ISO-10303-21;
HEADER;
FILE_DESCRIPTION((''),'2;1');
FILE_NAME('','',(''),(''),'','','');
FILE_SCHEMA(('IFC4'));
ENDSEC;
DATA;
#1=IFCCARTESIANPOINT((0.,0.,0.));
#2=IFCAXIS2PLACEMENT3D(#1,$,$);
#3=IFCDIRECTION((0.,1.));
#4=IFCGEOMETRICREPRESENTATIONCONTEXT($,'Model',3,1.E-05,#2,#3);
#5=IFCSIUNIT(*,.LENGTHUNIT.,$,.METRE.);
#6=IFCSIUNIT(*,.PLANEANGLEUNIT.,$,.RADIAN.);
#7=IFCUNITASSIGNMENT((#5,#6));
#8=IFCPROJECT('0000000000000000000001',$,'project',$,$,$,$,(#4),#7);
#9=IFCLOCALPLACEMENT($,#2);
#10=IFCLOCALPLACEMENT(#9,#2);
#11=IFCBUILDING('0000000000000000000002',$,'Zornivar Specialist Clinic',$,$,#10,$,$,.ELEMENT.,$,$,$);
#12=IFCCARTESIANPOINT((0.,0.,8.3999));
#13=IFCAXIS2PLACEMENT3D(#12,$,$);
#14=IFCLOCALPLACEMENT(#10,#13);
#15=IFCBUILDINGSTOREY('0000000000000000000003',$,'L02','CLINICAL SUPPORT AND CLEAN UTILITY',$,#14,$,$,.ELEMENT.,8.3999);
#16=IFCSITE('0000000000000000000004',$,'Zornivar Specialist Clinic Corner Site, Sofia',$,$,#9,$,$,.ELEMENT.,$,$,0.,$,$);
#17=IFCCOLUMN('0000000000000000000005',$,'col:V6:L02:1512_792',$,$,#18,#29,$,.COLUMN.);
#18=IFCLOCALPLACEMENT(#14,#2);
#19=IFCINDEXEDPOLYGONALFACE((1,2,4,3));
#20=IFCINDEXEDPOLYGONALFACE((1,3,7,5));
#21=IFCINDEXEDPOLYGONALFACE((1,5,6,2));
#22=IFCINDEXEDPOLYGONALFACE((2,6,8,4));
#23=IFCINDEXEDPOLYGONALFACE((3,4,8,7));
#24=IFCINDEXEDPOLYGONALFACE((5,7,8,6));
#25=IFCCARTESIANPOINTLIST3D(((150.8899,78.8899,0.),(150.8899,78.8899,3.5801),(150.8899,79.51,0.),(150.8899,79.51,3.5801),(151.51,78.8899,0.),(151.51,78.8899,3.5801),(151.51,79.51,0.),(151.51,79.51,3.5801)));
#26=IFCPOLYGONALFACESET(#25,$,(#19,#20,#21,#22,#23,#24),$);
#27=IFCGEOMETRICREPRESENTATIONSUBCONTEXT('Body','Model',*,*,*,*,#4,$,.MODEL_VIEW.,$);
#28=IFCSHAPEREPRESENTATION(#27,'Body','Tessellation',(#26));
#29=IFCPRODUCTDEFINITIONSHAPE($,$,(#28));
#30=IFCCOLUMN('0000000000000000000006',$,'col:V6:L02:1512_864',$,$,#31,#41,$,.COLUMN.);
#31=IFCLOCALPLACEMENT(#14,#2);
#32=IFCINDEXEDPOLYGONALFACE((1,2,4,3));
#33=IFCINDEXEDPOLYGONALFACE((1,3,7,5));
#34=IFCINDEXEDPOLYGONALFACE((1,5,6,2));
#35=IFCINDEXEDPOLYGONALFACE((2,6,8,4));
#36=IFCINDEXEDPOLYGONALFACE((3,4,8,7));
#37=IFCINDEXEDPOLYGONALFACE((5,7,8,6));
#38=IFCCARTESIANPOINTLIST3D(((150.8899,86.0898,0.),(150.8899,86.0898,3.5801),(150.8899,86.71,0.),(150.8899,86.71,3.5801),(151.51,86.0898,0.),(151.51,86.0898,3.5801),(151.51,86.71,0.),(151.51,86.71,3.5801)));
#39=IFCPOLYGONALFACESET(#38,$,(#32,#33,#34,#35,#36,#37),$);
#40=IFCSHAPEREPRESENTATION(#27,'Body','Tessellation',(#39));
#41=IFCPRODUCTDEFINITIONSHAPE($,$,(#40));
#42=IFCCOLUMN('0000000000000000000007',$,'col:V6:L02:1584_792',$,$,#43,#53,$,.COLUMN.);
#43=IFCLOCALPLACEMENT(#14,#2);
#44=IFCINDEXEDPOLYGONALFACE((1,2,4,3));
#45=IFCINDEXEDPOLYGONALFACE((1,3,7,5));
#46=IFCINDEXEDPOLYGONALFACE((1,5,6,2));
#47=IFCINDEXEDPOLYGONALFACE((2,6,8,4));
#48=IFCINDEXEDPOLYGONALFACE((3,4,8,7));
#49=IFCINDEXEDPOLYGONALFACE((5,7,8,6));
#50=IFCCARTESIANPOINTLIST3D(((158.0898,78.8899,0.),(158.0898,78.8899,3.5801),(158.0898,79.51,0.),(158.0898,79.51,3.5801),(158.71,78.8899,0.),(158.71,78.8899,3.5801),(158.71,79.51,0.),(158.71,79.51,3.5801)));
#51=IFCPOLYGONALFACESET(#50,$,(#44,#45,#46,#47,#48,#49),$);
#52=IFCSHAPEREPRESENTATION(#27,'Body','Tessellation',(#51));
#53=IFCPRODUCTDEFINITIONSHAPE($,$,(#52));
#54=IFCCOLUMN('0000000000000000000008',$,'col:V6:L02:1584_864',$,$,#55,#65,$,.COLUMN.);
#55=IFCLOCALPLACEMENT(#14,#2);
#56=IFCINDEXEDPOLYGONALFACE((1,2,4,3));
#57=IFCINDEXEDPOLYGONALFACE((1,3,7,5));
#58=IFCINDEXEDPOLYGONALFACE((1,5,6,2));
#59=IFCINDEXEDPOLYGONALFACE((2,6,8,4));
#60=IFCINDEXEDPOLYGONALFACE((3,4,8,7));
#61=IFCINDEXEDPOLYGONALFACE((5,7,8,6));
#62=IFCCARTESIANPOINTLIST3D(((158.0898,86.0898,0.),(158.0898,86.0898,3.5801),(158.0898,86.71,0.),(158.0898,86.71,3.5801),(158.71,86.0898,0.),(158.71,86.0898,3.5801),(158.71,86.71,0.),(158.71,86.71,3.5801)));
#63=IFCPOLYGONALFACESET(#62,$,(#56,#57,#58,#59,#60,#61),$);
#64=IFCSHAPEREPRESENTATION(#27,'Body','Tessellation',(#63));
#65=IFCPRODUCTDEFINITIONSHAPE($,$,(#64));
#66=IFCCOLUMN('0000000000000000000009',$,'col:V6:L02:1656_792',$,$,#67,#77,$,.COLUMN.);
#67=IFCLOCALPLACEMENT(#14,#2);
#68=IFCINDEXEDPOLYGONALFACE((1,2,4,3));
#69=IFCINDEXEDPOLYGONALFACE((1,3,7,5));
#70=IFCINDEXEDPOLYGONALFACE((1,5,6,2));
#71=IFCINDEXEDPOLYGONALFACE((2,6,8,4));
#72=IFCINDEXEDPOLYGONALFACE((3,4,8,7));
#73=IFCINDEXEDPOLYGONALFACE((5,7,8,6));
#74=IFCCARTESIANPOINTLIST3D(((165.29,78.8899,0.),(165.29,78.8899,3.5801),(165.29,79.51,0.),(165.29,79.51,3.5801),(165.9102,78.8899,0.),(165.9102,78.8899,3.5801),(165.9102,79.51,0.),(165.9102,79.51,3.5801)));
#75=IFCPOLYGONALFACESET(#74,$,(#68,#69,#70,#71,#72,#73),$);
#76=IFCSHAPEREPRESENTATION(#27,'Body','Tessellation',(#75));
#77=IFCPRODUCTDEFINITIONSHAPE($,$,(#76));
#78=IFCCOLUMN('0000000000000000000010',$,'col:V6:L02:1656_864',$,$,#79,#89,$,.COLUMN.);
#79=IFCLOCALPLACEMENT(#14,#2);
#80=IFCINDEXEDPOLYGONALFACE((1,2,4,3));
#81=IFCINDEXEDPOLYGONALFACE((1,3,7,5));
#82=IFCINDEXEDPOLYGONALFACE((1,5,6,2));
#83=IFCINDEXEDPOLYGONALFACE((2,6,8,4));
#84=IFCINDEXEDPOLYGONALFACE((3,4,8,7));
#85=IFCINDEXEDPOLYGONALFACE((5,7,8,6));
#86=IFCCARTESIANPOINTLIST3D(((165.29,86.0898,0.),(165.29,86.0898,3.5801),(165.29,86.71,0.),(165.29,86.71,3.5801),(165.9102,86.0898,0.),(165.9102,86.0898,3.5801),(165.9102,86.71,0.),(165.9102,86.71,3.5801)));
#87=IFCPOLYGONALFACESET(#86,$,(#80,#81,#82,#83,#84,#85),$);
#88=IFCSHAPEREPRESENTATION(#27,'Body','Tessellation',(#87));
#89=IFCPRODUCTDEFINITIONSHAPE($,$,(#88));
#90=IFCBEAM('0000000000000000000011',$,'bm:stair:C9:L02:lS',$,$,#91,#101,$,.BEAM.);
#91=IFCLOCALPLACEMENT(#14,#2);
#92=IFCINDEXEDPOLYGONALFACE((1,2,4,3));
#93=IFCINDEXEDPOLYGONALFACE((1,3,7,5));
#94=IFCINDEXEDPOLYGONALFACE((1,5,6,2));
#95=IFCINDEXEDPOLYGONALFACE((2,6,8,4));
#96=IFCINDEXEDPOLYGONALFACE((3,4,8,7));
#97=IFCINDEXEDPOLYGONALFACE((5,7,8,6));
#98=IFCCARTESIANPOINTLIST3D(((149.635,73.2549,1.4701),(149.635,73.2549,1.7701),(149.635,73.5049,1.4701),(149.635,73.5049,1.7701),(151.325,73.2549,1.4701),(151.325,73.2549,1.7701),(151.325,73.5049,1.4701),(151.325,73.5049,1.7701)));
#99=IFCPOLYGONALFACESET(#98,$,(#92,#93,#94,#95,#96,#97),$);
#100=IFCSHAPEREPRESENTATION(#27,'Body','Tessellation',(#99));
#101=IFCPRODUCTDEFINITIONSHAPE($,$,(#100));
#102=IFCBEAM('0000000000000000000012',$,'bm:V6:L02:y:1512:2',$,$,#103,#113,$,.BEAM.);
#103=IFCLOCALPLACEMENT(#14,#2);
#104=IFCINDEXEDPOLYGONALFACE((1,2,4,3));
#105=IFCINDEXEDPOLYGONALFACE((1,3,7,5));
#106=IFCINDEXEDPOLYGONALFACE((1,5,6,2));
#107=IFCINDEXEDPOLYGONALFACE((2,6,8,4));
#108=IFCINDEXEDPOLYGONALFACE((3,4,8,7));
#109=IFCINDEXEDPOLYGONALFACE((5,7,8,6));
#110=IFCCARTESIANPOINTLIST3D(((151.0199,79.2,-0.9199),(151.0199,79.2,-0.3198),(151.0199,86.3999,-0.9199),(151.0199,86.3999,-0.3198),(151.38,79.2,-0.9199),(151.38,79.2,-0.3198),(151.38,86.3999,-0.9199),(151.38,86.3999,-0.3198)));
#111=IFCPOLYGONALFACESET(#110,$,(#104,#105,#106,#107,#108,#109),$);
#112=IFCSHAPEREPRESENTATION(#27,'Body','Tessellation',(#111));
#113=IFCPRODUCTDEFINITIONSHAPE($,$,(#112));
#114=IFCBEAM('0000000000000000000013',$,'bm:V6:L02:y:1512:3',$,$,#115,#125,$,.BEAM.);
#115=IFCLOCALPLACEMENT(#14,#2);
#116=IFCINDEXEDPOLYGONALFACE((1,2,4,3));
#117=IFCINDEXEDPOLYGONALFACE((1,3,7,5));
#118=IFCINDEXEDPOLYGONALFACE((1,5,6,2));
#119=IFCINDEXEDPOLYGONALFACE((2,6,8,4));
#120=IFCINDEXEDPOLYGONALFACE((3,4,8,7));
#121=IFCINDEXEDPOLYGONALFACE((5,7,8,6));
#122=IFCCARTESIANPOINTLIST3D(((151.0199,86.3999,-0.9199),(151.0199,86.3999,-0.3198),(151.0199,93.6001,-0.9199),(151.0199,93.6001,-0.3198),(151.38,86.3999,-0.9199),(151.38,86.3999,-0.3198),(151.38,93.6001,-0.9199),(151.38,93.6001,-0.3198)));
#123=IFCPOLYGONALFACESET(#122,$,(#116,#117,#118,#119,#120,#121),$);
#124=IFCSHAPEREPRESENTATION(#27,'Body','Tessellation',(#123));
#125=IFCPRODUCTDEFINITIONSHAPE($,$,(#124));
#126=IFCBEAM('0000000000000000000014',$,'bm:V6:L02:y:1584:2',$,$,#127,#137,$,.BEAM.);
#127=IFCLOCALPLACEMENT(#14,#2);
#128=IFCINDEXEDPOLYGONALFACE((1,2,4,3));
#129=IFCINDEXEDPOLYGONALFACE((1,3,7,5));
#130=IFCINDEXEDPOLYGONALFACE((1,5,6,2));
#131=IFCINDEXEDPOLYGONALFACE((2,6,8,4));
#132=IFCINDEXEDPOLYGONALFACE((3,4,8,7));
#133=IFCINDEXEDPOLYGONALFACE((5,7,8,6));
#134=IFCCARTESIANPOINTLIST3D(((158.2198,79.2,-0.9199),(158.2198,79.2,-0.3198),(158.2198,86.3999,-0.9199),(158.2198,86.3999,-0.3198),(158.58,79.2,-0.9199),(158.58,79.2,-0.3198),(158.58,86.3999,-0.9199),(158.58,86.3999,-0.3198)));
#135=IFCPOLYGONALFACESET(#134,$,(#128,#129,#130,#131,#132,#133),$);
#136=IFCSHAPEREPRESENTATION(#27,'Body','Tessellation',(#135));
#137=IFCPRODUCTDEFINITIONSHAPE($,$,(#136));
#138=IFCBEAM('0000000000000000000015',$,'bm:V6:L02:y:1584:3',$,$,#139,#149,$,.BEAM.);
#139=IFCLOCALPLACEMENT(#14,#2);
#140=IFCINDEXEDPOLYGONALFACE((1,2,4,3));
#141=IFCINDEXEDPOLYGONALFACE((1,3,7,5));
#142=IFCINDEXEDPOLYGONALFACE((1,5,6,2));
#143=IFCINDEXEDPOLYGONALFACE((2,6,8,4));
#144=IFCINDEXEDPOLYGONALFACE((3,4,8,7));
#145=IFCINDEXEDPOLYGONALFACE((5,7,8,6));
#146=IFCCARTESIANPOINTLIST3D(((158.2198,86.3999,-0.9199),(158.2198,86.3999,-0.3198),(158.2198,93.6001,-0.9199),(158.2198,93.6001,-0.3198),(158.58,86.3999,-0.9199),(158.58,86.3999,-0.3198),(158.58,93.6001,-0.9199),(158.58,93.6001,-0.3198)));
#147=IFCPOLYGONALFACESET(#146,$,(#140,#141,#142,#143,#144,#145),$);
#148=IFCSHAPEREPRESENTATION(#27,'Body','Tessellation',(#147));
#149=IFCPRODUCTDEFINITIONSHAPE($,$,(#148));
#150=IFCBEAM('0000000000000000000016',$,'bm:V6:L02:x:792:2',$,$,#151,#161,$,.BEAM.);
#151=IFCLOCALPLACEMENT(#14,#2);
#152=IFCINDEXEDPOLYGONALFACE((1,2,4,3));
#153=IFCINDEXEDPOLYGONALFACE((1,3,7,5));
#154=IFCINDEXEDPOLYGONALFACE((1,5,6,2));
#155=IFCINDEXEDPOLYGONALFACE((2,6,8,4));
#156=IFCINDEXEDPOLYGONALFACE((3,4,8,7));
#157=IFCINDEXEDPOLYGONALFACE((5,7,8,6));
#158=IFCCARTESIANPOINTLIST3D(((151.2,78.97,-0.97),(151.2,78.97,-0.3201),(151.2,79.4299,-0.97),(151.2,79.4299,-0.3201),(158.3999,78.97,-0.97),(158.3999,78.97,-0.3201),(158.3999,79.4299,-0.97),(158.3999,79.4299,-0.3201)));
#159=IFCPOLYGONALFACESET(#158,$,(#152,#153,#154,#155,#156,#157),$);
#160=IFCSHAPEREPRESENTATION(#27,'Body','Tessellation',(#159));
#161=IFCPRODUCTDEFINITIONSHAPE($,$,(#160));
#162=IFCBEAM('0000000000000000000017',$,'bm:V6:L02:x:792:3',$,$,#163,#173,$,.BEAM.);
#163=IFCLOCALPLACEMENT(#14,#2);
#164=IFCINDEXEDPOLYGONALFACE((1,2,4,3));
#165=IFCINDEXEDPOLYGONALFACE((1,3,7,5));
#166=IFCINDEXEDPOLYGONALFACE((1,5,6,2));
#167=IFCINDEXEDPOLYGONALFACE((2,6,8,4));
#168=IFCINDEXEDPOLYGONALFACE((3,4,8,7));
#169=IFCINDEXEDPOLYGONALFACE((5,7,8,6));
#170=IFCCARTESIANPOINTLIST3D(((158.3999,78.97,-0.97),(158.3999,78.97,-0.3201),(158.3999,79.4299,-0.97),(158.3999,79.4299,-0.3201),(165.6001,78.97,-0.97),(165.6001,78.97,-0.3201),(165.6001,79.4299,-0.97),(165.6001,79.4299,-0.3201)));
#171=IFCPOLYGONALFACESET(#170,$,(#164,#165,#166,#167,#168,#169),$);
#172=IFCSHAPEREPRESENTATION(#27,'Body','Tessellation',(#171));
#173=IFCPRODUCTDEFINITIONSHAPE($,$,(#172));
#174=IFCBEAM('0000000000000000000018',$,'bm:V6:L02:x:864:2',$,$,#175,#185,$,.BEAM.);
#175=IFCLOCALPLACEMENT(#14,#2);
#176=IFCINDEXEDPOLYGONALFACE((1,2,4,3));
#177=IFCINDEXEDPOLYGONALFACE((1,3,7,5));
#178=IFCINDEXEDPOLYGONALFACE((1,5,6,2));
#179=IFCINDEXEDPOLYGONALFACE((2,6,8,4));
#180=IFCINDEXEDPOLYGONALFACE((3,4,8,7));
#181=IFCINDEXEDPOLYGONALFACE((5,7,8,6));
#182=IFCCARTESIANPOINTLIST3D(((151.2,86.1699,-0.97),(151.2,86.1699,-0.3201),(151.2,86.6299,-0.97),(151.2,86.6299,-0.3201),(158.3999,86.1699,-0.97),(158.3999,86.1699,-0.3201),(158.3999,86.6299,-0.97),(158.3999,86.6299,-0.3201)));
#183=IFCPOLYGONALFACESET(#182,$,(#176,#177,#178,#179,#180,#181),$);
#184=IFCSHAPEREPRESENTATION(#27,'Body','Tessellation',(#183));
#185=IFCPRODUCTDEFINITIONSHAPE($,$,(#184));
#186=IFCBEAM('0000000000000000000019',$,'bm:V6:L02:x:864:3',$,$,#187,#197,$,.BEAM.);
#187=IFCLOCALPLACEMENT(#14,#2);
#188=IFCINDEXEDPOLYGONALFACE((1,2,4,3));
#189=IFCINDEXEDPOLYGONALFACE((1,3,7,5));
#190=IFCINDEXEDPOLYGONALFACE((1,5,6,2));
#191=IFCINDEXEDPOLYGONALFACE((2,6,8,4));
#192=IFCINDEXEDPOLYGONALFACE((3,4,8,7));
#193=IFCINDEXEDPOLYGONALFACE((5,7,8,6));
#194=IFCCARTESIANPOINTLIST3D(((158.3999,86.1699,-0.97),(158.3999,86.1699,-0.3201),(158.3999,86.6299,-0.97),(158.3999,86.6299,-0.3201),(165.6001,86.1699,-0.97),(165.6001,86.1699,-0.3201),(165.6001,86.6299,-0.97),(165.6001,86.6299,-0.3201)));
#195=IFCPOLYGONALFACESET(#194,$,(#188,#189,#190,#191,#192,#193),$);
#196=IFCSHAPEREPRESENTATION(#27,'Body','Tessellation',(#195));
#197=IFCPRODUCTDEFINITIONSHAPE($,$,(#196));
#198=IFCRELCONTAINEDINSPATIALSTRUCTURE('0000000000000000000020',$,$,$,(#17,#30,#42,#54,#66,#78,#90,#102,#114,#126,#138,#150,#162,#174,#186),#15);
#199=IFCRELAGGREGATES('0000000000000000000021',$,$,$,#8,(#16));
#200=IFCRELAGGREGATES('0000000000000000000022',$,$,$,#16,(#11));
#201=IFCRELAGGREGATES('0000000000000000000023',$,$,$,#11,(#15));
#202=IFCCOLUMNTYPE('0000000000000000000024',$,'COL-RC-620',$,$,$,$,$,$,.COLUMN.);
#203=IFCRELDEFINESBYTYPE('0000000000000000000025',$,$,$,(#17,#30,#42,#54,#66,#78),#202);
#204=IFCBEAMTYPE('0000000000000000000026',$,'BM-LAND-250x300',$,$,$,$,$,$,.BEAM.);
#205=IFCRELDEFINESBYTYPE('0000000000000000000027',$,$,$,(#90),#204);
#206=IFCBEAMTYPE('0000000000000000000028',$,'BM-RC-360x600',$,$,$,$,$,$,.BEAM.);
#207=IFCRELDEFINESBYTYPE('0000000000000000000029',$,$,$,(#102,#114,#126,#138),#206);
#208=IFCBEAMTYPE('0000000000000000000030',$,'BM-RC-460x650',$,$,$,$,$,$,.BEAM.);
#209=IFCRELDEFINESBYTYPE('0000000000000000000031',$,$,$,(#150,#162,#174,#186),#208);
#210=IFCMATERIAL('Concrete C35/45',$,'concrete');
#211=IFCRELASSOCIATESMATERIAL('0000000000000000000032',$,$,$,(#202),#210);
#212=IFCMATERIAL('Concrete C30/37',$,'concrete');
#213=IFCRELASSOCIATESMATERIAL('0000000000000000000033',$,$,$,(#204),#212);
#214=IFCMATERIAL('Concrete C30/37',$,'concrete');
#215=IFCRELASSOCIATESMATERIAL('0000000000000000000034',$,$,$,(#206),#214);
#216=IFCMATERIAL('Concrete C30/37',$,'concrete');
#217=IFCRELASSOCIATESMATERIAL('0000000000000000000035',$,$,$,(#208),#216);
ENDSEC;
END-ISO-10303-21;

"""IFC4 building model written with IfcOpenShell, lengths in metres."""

from ifc_helpers import new_model, si_unit, direction, frame, origin, origin_2d, place, context, subcontext, project, spatial, rectangle, extrude, material, material_profile, profile_set, type_object, element, save


model = new_model("IFC4")

# Units and contexts
model_context = context("Model", 3, precision=1e-05, world=origin(), true_north=direction((0.0, 1.0)))
body_context = subcontext(model_context, "Body", "Model", "MODEL_VIEW")
ifc_project = project(units=[si_unit("LENGTHUNIT", "METRE"), si_unit("PLANEANGLEUNIT", "RADIAN")], contexts=[model_context])

# Site, building, storey
site_placement = place(None, origin())
site = spatial("IfcSite", under=ifc_project, at=site_placement, Name="Zornivar Specialist Clinic Corner Site, Sofia", CompositionType="ELEMENT", RefElevation=0.0)
building_placement = place(site_placement, origin())
building = spatial("IfcBuilding", under=site, at=building_placement, Name="Zornivar Specialist Clinic", CompositionType="ELEMENT")
storey_placement = place(building_placement, frame((0.0, 0.0, 8.3999)))
storey = spatial("IfcBuildingStorey", under=building, at=storey_placement, Name="L02", Description="CLINICAL SUPPORT AND CLEAN UTILITY", CompositionType="ELEMENT", Elevation=8.3999)

# Columns
ifc_material_1 = material(Name="Concrete C35/45", Category="concrete")
ifc_material_profile_1 = material_profile(ifc_material_1, rectangle(XDim=0.6201, YDim=0.6201, at=origin_2d()), Name="RC 620x620")
ifc_profile_set_1 = profile_set([ifc_material_profile_1], Name="Concrete C35/45")
column_type = type_object("IfcColumnType", Name="COL-RC-620", PredefinedType="COLUMN", material=ifc_profile_set_1)
for number, where, z_axis, x_axis, name in (
    (1, (151.2, 79.2, 0.0), (0.0, 0.0, 1.0), (1.0, 0.0, 0.0), "col:V6:L02:1512_792"),
    (2, (151.2, 86.3999, 0.0), (0.0, 0.0, 1.0), (1.0, 0.0, 0.0), "col:V6:L02:1512_864"),
    (3, (158.3999, 79.2, 0.0), (0.0, 0.0, 1.0), (1.0, 0.0, 0.0), "col:V6:L02:1584_792"),
    (4, (158.3999, 86.3999, 0.0), (0.0, 0.0, 1.0), (1.0, 0.0, 0.0), "col:V6:L02:1584_864"),
    (5, (165.6001, 79.2, 0.0), (0.0, 0.0, 1.0), (1.0, 0.0, 0.0), "col:V6:L02:1656_792"),
    (6, (165.6001, 86.3999, 0.0), (0.0, 0.0, 1.0), (1.0, 0.0, 0.0), "col:V6:L02:1656_864"),
):
    element("IfcColumn", number, at=place(storey_placement, frame(where, z_axis=z_axis, x_axis=x_axis)), inside=storey, type_object=column_type, Name=name, PredefinedType="COLUMN", context=body_context, shape_type="SweptSolid", body=[
        extrude(rectangle(XDim=0.6201, YDim=0.6201, at=origin_2d()), origin(), (0.0, 0.0, 1.0), 3.5801),
    ])

# Beams
ifc_material_2 = material(Name="Concrete C30/37", Category="concrete")
ifc_material_profile_2 = material_profile(ifc_material_2, rectangle(XDim=0.25, YDim=0.3, at=origin_2d()), Name="RC 250x300")
ifc_profile_set_2 = profile_set([ifc_material_profile_2], Name="Concrete C30/37")
beam_type_1 = type_object("IfcBeamType", Name="BM-LAND-250x300", PredefinedType="BEAM", material=ifc_profile_set_2)
beam_1_placement = place(storey_placement, frame((149.635, 73.3799, 1.6201), z_axis=(1.0, 0.0, 0.0), x_axis=(0.0, 1.0, 0.0)))
element("IfcBeam", 7, at=beam_1_placement, inside=storey, type_object=beam_type_1, Name="bm:stair:C9:L02:lS", PredefinedType="BEAM", context=body_context, shape_type="SweptSolid", body=[
    extrude(rectangle(XDim=0.25, YDim=0.3, at=origin_2d()), origin(), (0.0, 0.0, 1.0), 1.6899),
])
ifc_material_3 = material(Name="Concrete C30/37", Category="concrete")
ifc_material_profile_3 = material_profile(ifc_material_3, rectangle(XDim=0.3601, YDim=0.6001, at=origin_2d()), Name="RC 360x600")
ifc_profile_set_3 = profile_set([ifc_material_profile_3], Name="Concrete C30/37")
beam_type_2 = type_object("IfcBeamType", Name="BM-RC-360x600", PredefinedType="BEAM", material=ifc_profile_set_3)
beam_2_placement = place(storey_placement, frame((151.2, 79.2, -0.6199), z_axis=(0.0, 1.0, 0.0), x_axis=(-1.0, 0.0, 0.0)))
element("IfcBeam", 8, at=beam_2_placement, inside=storey, type_object=beam_type_2, Name="bm:V6:L02:y:1512:2", PredefinedType="BEAM", context=body_context, shape_type="SweptSolid", body=[
    extrude(rectangle(XDim=0.3601, YDim=0.6001, at=origin_2d()), origin(), (0.0, 0.0, 1.0), 7.2),
])
beam_3_placement = place(storey_placement, frame((151.2, 86.3999, -0.6199), z_axis=(0.0, 1.0, 0.0), x_axis=(-1.0, 0.0, 0.0)))
element("IfcBeam", 9, at=beam_3_placement, inside=storey, type_object=beam_type_2, Name="bm:V6:L02:y:1512:3", PredefinedType="BEAM", context=body_context, shape_type="SweptSolid", body=[
    extrude(rectangle(XDim=0.3601, YDim=0.6001, at=origin_2d()), origin(), (0.0, 0.0, 1.0), 7.2002),
])
beam_4_placement = place(storey_placement, frame((158.3999, 79.2, -0.6199), z_axis=(0.0, 1.0, 0.0), x_axis=(-1.0, 0.0, 0.0)))
element("IfcBeam", 10, at=beam_4_placement, inside=storey, type_object=beam_type_2, Name="bm:V6:L02:y:1584:2", PredefinedType="BEAM", context=body_context, shape_type="SweptSolid", body=[
    extrude(rectangle(XDim=0.3601, YDim=0.6001, at=origin_2d()), origin(), (0.0, 0.0, 1.0), 7.2),
])
beam_5_placement = place(storey_placement, frame((158.3999, 86.3999, -0.6199), z_axis=(0.0, 1.0, 0.0), x_axis=(-1.0, 0.0, 0.0)))
element("IfcBeam", 11, at=beam_5_placement, inside=storey, type_object=beam_type_2, Name="bm:V6:L02:y:1584:3", PredefinedType="BEAM", context=body_context, shape_type="SweptSolid", body=[
    extrude(rectangle(XDim=0.3601, YDim=0.6001, at=origin_2d()), origin(), (0.0, 0.0, 1.0), 7.2002),
])
ifc_material_4 = material(Name="Concrete C30/37", Category="concrete")
ifc_material_profile_4 = material_profile(ifc_material_4, rectangle(XDim=0.46, YDim=0.6499, at=origin_2d()), Name="RC 460x650")
ifc_profile_set_4 = profile_set([ifc_material_profile_4], Name="Concrete C30/37")
beam_type_3 = type_object("IfcBeamType", Name="BM-RC-460x650", PredefinedType="BEAM", material=ifc_profile_set_4)
beam_6_placement = place(storey_placement, frame((151.2, 79.2, -0.645), z_axis=(1.0, 0.0, 0.0), x_axis=(0.0, 1.0, 0.0)))
element("IfcBeam", 12, at=beam_6_placement, inside=storey, type_object=beam_type_3, Name="bm:V6:L02:x:792:2", PredefinedType="BEAM", context=body_context, shape_type="SweptSolid", body=[
    extrude(rectangle(XDim=0.46, YDim=0.6499, at=origin_2d()), origin(), (0.0, 0.0, 1.0), 7.2),
])
beam_7_placement = place(storey_placement, frame((158.3999, 79.2, -0.645), z_axis=(1.0, 0.0, 0.0), x_axis=(0.0, 1.0, 0.0)))
element("IfcBeam", 13, at=beam_7_placement, inside=storey, type_object=beam_type_3, Name="bm:V6:L02:x:792:3", PredefinedType="BEAM", context=body_context, shape_type="SweptSolid", body=[
    extrude(rectangle(XDim=0.46, YDim=0.6499, at=origin_2d()), origin(), (0.0, 0.0, 1.0), 7.2002),
])
beam_8_placement = place(storey_placement, frame((151.2, 86.3999, -0.645), z_axis=(1.0, 0.0, 0.0), x_axis=(0.0, 1.0, 0.0)))
element("IfcBeam", 14, at=beam_8_placement, inside=storey, type_object=beam_type_3, Name="bm:V6:L02:x:864:2", PredefinedType="BEAM", context=body_context, shape_type="SweptSolid", body=[
    extrude(rectangle(XDim=0.46, YDim=0.6499, at=origin_2d()), origin(), (0.0, 0.0, 1.0), 7.2),
])
beam_9_placement = place(storey_placement, frame((158.3999, 86.3999, -0.645), z_axis=(1.0, 0.0, 0.0), x_axis=(0.0, 1.0, 0.0)))
element("IfcBeam", 15, at=beam_9_placement, inside=storey, type_object=beam_type_3, Name="bm:V6:L02:x:864:3", PredefinedType="BEAM", context=body_context, shape_type="SweptSolid", body=[
    extrude(rectangle(XDim=0.46, YDim=0.6499, at=origin_2d()), origin(), (0.0, 0.0, 1.0), 7.2002),
])

save(model, "model.ifc")
